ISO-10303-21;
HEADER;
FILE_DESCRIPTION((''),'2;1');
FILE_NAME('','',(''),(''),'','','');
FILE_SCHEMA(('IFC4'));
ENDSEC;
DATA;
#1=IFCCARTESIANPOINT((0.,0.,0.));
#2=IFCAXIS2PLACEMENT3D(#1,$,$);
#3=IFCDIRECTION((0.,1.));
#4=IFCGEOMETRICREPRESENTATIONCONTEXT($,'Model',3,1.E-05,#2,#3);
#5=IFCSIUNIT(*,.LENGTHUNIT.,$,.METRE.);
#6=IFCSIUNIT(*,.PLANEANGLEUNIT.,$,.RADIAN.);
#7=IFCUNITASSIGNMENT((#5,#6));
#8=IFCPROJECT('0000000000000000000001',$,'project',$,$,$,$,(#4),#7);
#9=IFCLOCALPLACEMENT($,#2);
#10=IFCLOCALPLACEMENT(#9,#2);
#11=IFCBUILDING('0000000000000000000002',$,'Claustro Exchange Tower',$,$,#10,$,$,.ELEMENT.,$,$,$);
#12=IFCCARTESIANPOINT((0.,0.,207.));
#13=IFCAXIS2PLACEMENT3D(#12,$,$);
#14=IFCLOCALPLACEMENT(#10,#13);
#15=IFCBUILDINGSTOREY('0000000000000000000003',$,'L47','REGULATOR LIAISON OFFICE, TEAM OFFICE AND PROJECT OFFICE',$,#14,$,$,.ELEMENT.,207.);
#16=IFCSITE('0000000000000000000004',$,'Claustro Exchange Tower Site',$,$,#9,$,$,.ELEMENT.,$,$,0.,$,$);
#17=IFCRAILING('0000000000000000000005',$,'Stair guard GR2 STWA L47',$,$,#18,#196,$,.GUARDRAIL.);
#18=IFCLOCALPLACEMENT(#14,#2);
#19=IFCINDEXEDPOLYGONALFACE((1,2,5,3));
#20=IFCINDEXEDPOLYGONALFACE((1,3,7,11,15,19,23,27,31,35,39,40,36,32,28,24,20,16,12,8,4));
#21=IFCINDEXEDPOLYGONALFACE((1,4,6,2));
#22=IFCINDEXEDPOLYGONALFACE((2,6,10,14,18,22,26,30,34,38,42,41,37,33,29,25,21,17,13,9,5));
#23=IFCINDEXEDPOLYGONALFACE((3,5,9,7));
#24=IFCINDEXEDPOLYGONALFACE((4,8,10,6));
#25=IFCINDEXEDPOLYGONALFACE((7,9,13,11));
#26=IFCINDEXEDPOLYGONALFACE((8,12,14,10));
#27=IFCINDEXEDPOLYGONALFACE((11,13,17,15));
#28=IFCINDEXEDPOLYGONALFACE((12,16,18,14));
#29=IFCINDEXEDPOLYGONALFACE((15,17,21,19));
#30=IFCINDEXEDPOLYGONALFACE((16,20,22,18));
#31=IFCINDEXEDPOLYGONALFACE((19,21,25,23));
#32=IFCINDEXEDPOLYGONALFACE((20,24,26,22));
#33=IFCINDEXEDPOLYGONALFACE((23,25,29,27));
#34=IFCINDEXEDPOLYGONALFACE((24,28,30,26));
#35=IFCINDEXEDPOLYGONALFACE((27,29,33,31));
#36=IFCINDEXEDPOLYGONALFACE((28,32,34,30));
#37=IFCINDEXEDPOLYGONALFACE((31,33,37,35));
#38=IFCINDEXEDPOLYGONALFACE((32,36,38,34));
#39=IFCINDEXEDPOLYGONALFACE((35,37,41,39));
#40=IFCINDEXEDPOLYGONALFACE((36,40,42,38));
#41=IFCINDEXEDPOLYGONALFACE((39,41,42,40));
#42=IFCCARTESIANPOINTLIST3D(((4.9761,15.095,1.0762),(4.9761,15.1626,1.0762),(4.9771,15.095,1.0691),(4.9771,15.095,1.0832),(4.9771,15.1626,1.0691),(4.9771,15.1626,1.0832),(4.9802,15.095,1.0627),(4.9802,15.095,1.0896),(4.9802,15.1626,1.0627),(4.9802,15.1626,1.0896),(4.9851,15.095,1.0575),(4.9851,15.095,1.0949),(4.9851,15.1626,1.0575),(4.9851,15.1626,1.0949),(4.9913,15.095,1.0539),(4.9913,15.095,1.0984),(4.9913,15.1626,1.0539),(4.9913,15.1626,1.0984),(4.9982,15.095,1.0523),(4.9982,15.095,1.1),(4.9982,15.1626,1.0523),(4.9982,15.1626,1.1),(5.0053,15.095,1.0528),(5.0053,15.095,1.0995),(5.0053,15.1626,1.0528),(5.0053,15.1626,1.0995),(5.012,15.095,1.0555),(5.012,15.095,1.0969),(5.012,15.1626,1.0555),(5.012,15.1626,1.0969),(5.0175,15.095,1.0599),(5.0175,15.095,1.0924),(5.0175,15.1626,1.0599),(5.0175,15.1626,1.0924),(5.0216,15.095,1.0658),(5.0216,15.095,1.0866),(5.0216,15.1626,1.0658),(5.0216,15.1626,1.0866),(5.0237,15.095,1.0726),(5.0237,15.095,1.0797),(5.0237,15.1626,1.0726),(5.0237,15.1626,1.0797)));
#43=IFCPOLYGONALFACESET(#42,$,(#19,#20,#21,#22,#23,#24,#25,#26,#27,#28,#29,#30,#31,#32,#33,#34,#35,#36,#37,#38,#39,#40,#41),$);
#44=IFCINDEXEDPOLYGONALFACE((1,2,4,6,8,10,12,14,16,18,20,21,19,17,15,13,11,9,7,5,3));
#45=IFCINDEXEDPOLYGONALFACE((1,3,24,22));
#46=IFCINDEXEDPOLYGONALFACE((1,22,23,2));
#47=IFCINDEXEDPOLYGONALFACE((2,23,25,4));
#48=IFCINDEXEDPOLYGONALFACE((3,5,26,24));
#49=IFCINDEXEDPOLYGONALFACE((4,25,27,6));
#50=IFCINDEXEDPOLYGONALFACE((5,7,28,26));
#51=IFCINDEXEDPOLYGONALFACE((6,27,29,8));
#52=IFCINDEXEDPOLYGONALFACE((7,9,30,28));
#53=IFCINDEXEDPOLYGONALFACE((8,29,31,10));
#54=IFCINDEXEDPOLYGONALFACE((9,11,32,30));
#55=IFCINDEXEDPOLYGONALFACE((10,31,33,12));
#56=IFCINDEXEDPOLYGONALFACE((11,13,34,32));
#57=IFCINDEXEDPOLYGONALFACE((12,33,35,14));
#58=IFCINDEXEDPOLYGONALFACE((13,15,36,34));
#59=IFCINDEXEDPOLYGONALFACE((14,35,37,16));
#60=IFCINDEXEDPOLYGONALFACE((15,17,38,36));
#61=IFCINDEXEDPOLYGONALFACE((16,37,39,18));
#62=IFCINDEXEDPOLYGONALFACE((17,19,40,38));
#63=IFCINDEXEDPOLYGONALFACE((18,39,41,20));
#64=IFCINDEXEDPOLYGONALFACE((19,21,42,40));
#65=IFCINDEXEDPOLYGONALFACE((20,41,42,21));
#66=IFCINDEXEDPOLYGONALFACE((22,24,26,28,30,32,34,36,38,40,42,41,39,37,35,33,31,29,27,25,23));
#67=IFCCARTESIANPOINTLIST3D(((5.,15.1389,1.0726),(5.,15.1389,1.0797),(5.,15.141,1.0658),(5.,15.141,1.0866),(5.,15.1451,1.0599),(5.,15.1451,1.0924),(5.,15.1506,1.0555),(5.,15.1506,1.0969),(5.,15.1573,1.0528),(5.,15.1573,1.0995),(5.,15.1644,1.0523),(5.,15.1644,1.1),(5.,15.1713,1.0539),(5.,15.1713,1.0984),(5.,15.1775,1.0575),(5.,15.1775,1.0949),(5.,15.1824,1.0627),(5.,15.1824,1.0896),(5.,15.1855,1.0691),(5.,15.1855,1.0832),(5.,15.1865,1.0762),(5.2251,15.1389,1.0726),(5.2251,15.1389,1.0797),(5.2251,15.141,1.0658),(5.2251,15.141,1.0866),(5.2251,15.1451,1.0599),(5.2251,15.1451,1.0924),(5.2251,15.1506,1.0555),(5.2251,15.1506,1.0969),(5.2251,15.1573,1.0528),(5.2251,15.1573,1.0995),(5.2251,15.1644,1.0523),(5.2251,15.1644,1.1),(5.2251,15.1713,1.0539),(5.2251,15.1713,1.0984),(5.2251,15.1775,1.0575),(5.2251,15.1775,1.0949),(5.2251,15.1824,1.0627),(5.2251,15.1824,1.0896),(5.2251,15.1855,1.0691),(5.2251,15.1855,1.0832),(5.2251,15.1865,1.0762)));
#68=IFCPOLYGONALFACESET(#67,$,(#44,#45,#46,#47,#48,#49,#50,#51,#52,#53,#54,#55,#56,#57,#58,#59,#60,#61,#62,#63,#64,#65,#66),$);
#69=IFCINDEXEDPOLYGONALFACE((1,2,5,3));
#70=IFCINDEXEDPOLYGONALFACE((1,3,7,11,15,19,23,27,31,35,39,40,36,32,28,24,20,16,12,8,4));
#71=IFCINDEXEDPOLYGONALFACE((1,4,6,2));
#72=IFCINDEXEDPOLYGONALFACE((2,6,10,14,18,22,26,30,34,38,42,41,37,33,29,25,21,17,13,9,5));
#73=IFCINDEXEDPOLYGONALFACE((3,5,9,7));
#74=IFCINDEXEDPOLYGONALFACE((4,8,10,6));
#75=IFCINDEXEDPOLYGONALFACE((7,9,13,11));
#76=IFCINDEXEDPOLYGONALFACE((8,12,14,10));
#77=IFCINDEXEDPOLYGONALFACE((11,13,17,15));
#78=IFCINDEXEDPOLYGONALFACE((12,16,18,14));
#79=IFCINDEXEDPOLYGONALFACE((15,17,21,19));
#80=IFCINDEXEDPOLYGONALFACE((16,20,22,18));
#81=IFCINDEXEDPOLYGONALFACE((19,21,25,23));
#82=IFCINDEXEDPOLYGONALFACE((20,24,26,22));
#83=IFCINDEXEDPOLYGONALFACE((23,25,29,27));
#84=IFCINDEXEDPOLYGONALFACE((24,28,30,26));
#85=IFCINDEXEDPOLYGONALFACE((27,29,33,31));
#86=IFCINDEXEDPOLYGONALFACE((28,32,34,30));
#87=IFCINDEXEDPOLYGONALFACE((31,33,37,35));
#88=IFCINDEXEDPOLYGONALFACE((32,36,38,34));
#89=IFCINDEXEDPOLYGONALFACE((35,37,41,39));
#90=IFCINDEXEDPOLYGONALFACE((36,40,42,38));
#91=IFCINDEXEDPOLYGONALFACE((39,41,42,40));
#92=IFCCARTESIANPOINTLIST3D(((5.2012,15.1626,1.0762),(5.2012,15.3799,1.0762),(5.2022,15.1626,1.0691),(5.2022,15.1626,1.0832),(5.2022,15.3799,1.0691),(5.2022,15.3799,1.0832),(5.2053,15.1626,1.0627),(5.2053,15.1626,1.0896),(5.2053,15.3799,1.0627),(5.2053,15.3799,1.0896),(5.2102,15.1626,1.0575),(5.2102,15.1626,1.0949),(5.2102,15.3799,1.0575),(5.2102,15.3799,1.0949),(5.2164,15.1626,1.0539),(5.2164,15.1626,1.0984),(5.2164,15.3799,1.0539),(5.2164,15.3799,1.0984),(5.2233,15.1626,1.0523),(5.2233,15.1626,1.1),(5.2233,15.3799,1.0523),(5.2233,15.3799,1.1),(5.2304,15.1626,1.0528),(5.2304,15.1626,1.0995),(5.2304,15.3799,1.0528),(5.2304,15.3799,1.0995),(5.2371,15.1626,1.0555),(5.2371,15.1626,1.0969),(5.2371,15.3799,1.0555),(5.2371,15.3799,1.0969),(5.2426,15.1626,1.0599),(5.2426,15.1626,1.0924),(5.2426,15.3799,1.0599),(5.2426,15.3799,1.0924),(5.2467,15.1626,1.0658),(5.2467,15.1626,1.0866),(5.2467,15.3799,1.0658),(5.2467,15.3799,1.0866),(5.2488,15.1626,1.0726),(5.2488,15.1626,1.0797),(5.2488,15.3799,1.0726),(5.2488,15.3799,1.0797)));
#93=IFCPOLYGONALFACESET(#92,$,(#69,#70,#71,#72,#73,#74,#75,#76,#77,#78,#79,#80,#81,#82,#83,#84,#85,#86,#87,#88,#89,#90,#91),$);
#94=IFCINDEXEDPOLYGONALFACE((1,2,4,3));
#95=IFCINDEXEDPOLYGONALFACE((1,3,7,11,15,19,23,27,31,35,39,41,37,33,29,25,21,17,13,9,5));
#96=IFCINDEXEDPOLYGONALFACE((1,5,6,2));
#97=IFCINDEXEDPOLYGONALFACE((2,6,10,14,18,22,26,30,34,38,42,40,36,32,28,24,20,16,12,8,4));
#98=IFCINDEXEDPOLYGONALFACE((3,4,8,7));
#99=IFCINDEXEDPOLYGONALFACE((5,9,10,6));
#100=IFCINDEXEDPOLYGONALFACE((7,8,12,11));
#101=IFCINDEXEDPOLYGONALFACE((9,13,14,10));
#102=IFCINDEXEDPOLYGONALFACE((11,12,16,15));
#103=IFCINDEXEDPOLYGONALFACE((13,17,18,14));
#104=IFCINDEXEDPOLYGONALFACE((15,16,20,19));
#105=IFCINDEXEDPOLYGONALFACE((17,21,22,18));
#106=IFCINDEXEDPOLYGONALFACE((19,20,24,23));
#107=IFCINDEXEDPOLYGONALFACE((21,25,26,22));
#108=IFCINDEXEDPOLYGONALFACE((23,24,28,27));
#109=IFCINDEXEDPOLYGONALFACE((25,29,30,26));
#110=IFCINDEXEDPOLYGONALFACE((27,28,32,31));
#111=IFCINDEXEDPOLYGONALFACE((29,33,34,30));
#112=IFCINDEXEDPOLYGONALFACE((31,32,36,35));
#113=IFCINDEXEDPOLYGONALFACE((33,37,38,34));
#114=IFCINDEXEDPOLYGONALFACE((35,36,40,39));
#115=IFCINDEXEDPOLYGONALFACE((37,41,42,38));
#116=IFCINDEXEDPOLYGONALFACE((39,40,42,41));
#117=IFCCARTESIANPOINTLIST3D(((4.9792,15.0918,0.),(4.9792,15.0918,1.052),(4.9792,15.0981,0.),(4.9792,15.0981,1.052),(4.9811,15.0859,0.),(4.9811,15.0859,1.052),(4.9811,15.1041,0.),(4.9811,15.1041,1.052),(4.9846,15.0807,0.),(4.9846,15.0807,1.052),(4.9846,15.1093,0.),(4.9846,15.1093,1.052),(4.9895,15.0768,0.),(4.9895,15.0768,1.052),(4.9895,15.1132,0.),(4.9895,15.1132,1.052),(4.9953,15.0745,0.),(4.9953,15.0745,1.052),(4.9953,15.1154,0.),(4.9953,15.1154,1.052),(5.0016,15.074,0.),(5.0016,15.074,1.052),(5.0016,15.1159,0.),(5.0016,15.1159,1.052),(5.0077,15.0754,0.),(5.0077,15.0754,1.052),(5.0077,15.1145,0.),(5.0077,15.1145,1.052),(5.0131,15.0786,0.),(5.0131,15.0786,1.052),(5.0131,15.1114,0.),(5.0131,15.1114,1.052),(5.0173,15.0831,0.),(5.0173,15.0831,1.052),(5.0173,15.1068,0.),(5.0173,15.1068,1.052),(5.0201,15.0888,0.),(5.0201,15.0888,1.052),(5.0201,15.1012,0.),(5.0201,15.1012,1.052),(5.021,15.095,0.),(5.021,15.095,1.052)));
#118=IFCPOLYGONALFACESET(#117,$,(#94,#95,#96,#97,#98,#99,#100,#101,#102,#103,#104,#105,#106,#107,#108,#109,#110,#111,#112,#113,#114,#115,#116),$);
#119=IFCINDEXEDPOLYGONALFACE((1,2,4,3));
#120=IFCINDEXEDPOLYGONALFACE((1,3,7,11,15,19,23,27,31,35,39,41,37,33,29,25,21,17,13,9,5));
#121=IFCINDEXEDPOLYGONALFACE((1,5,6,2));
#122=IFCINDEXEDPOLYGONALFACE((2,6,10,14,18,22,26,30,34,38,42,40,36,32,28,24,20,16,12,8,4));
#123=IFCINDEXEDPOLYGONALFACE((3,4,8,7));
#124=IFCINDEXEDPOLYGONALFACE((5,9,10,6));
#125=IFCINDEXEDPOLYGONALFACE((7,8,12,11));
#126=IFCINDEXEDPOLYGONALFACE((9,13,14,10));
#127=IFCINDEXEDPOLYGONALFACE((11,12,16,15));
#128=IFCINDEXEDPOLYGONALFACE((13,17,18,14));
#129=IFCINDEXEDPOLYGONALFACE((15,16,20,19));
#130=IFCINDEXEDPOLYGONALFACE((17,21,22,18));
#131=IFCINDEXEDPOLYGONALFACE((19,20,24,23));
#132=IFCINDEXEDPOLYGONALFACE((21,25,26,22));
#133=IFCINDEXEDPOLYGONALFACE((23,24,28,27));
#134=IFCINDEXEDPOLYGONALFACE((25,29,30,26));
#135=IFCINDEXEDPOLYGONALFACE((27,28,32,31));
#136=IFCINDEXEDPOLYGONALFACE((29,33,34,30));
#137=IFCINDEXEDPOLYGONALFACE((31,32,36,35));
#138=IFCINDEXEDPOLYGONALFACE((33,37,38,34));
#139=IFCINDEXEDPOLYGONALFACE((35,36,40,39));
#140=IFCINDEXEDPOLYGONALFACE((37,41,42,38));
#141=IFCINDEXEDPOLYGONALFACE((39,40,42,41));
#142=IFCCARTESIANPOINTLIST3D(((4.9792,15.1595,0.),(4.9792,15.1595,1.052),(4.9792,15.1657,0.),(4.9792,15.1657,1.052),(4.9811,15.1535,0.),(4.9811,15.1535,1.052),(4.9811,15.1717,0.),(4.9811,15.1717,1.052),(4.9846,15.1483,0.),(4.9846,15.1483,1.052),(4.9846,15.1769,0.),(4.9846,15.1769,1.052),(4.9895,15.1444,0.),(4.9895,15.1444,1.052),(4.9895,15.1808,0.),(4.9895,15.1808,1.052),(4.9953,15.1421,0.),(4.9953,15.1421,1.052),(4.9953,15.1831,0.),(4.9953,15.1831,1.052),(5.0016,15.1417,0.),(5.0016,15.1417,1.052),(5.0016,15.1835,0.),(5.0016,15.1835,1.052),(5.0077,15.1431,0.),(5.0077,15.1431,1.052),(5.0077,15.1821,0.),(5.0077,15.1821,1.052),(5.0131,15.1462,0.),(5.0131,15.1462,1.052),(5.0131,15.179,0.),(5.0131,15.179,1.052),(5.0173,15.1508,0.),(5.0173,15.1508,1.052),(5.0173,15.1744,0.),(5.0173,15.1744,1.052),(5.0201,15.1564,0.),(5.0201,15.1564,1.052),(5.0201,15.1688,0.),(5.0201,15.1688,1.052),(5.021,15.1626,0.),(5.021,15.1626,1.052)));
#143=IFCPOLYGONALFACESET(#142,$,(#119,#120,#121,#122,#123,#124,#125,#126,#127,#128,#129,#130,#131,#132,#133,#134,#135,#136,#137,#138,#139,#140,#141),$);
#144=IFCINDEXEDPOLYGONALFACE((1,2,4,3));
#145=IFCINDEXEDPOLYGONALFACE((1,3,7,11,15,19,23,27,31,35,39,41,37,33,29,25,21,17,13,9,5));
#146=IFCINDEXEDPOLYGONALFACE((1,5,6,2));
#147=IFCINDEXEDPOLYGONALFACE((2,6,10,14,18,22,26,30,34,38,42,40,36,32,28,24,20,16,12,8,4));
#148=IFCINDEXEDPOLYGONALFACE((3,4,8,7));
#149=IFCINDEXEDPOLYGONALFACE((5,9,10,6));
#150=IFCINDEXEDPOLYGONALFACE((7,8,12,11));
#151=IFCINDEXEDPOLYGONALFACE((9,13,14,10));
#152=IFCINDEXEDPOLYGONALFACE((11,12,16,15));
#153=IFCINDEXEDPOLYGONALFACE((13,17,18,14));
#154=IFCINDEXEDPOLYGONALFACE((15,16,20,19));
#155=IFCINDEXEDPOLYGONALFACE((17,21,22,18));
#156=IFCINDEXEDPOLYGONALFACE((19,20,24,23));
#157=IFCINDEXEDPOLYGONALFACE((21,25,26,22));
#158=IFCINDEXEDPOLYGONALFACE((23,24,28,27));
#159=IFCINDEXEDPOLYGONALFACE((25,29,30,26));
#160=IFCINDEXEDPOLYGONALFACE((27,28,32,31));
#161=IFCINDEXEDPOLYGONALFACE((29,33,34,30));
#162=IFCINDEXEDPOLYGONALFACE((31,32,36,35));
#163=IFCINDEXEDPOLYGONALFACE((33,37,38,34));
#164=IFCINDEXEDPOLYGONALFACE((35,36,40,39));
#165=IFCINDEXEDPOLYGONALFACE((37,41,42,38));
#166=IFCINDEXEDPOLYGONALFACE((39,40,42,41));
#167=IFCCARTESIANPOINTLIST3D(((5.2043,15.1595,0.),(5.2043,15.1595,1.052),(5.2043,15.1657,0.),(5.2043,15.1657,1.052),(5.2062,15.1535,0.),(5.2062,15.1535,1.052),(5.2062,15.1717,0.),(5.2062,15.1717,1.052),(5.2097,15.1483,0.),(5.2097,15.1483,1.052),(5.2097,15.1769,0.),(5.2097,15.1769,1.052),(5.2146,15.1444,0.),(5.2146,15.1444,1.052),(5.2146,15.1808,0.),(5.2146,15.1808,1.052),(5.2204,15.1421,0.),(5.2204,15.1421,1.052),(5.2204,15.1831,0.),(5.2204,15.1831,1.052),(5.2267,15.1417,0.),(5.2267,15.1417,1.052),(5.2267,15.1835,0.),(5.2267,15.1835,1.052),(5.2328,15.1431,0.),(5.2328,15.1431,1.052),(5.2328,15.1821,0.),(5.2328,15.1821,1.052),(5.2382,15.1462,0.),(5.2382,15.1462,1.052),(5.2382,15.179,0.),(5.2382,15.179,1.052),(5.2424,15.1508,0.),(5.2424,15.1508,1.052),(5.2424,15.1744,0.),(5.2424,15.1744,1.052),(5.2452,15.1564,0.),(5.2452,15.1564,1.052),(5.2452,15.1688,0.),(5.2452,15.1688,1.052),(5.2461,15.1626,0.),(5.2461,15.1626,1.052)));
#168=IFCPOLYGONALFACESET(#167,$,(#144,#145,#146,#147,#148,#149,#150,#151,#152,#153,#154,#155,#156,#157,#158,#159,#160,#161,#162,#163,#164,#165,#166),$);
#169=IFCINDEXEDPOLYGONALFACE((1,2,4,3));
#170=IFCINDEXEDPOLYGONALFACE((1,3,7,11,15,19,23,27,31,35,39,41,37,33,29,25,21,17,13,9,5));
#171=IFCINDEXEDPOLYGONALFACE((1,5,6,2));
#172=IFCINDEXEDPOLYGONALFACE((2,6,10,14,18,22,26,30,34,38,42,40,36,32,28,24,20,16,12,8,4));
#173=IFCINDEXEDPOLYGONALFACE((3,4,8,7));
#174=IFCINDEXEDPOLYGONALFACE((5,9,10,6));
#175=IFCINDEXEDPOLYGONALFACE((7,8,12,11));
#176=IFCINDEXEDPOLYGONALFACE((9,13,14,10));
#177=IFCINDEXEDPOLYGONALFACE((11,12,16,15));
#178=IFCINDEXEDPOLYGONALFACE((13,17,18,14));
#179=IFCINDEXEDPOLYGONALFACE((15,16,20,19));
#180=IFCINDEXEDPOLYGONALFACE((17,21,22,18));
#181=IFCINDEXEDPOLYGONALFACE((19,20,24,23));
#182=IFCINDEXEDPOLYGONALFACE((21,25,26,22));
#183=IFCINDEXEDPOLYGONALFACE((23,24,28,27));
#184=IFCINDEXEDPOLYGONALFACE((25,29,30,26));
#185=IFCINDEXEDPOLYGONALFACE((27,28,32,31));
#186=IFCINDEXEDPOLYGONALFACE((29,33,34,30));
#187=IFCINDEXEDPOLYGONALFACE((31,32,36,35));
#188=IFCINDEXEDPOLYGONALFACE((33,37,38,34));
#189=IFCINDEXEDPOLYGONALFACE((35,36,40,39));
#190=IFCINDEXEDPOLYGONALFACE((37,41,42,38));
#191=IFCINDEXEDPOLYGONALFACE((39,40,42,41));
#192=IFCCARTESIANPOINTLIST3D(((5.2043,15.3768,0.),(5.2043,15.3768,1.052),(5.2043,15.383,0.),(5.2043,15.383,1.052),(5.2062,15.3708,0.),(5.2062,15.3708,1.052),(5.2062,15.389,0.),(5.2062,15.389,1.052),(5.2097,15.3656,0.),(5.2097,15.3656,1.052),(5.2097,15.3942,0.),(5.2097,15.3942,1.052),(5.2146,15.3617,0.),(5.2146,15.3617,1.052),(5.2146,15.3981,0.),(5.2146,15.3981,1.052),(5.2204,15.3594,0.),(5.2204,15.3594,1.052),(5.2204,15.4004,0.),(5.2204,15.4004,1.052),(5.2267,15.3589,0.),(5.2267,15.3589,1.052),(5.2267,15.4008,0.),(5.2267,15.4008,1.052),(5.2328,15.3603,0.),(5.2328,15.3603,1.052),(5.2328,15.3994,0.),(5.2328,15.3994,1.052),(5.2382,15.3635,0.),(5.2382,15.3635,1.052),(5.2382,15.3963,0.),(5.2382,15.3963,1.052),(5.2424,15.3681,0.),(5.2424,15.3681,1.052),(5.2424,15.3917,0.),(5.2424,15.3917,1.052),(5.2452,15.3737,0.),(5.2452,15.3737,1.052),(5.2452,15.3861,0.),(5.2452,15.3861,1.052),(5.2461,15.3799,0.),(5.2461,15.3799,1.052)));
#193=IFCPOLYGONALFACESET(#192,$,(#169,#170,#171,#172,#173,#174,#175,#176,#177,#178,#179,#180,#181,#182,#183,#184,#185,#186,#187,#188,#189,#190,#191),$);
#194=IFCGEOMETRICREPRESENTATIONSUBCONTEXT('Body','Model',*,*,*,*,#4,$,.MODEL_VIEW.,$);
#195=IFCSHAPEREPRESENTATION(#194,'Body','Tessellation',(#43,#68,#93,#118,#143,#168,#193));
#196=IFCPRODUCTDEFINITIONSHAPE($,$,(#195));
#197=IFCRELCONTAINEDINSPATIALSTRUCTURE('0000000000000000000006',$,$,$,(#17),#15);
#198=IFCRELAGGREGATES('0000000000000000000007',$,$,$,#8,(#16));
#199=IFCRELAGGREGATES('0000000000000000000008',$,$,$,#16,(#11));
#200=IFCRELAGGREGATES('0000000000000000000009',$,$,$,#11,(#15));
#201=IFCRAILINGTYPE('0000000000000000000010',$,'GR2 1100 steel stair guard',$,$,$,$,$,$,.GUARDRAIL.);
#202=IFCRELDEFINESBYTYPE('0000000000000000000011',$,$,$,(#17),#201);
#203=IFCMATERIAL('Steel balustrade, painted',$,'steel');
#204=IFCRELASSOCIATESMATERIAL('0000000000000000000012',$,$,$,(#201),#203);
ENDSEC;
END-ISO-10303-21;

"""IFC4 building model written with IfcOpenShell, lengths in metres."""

from ifc_helpers import new_model, si_unit, direction, frame, origin, origin_2d, place, context, subcontext, project, spatial, circle, extrude, material, type_object, element, save


model = new_model("IFC4")

# Units and contexts
model_context = context("Model", 3, precision=1e-05, world=origin(), true_north=direction((0.0, 1.0)))
body_context = subcontext(model_context, "Body", "Model", "MODEL_VIEW")
ifc_project = project(units=[si_unit("LENGTHUNIT", "METRE"), si_unit("PLANEANGLEUNIT", "RADIAN")], contexts=[model_context])

# Site, building, storey
site_placement = place(None, origin())
site = spatial("IfcSite", under=ifc_project, at=site_placement, Name="Claustro Exchange Tower Site", CompositionType="ELEMENT", RefElevation=0.0)
building_placement = place(site_placement, origin())
building = spatial("IfcBuilding", under=site, at=building_placement, Name="Claustro Exchange Tower", CompositionType="ELEMENT")
storey_placement = place(building_placement, frame((0.0, 0.0, 207.0)))
storey = spatial("IfcBuildingStorey", under=building, at=storey_placement, Name="L47", Description="REGULATOR LIAISON OFFICE, TEAM OFFICE AND PROJECT OFFICE", CompositionType="ELEMENT", Elevation=207.0)

# Railing
ifc_material_1 = material(Name="Steel balustrade, painted", Category="steel")
railing_type_1 = type_object("IfcRailingType", Name="GR2 1100 steel stair guard", PredefinedType="GUARDRAIL", material=ifc_material_1)
railing_1_placement = place(storey_placement, frame((5.0, 15.095, 0.0)))
element("IfcRailing", 1, at=railing_1_placement, inside=storey, type_object=railing_type_1, Name="Stair guard GR2 STWA L47", PredefinedType="GUARDRAIL", context=body_context, shape_type="SweptSolid", body=[
    extrude(circle(Radius=0.0239, at=origin_2d()), frame((0.0, 0.0, 1.0762), z_axis=(0.0, 1.0, 0.0), x_axis=(-1.0, 0.0, 0.0)), (0.0, 0.0, 1.0), 0.0676),
    extrude(circle(Radius=0.0239, at=origin_2d()), frame((0.0, 0.0676, 1.0762), z_axis=(1.0, 0.0, 0.0), x_axis=(0.0, 1.0, 0.0)), (0.0, 0.0, 1.0), 0.2251),
    extrude(circle(Radius=0.0239, at=origin_2d()), frame((0.2251, 0.0676, 1.0762), z_axis=(0.0, 1.0, 0.0), x_axis=(-1.0, 0.0, 0.0)), (0.0, 0.0, 1.0), 0.2173),
    extrude(circle(Radius=0.021, at=origin_2d()), origin(), (0.0, 0.0, 1.0), 1.052),
    extrude(circle(Radius=0.021, at=origin_2d()), frame((0.0, 0.0676, 0.0)), (0.0, 0.0, 1.0), 1.052),
    extrude(circle(Radius=0.021, at=origin_2d()), frame((0.2251, 0.0676, 0.0)), (0.0, 0.0, 1.0), 1.052),
    extrude(circle(Radius=0.021, at=origin_2d()), frame((0.2251, 0.2849, 0.0)), (0.0, 0.0, 1.0), 1.052),
])

save(model, "model.ifc")
